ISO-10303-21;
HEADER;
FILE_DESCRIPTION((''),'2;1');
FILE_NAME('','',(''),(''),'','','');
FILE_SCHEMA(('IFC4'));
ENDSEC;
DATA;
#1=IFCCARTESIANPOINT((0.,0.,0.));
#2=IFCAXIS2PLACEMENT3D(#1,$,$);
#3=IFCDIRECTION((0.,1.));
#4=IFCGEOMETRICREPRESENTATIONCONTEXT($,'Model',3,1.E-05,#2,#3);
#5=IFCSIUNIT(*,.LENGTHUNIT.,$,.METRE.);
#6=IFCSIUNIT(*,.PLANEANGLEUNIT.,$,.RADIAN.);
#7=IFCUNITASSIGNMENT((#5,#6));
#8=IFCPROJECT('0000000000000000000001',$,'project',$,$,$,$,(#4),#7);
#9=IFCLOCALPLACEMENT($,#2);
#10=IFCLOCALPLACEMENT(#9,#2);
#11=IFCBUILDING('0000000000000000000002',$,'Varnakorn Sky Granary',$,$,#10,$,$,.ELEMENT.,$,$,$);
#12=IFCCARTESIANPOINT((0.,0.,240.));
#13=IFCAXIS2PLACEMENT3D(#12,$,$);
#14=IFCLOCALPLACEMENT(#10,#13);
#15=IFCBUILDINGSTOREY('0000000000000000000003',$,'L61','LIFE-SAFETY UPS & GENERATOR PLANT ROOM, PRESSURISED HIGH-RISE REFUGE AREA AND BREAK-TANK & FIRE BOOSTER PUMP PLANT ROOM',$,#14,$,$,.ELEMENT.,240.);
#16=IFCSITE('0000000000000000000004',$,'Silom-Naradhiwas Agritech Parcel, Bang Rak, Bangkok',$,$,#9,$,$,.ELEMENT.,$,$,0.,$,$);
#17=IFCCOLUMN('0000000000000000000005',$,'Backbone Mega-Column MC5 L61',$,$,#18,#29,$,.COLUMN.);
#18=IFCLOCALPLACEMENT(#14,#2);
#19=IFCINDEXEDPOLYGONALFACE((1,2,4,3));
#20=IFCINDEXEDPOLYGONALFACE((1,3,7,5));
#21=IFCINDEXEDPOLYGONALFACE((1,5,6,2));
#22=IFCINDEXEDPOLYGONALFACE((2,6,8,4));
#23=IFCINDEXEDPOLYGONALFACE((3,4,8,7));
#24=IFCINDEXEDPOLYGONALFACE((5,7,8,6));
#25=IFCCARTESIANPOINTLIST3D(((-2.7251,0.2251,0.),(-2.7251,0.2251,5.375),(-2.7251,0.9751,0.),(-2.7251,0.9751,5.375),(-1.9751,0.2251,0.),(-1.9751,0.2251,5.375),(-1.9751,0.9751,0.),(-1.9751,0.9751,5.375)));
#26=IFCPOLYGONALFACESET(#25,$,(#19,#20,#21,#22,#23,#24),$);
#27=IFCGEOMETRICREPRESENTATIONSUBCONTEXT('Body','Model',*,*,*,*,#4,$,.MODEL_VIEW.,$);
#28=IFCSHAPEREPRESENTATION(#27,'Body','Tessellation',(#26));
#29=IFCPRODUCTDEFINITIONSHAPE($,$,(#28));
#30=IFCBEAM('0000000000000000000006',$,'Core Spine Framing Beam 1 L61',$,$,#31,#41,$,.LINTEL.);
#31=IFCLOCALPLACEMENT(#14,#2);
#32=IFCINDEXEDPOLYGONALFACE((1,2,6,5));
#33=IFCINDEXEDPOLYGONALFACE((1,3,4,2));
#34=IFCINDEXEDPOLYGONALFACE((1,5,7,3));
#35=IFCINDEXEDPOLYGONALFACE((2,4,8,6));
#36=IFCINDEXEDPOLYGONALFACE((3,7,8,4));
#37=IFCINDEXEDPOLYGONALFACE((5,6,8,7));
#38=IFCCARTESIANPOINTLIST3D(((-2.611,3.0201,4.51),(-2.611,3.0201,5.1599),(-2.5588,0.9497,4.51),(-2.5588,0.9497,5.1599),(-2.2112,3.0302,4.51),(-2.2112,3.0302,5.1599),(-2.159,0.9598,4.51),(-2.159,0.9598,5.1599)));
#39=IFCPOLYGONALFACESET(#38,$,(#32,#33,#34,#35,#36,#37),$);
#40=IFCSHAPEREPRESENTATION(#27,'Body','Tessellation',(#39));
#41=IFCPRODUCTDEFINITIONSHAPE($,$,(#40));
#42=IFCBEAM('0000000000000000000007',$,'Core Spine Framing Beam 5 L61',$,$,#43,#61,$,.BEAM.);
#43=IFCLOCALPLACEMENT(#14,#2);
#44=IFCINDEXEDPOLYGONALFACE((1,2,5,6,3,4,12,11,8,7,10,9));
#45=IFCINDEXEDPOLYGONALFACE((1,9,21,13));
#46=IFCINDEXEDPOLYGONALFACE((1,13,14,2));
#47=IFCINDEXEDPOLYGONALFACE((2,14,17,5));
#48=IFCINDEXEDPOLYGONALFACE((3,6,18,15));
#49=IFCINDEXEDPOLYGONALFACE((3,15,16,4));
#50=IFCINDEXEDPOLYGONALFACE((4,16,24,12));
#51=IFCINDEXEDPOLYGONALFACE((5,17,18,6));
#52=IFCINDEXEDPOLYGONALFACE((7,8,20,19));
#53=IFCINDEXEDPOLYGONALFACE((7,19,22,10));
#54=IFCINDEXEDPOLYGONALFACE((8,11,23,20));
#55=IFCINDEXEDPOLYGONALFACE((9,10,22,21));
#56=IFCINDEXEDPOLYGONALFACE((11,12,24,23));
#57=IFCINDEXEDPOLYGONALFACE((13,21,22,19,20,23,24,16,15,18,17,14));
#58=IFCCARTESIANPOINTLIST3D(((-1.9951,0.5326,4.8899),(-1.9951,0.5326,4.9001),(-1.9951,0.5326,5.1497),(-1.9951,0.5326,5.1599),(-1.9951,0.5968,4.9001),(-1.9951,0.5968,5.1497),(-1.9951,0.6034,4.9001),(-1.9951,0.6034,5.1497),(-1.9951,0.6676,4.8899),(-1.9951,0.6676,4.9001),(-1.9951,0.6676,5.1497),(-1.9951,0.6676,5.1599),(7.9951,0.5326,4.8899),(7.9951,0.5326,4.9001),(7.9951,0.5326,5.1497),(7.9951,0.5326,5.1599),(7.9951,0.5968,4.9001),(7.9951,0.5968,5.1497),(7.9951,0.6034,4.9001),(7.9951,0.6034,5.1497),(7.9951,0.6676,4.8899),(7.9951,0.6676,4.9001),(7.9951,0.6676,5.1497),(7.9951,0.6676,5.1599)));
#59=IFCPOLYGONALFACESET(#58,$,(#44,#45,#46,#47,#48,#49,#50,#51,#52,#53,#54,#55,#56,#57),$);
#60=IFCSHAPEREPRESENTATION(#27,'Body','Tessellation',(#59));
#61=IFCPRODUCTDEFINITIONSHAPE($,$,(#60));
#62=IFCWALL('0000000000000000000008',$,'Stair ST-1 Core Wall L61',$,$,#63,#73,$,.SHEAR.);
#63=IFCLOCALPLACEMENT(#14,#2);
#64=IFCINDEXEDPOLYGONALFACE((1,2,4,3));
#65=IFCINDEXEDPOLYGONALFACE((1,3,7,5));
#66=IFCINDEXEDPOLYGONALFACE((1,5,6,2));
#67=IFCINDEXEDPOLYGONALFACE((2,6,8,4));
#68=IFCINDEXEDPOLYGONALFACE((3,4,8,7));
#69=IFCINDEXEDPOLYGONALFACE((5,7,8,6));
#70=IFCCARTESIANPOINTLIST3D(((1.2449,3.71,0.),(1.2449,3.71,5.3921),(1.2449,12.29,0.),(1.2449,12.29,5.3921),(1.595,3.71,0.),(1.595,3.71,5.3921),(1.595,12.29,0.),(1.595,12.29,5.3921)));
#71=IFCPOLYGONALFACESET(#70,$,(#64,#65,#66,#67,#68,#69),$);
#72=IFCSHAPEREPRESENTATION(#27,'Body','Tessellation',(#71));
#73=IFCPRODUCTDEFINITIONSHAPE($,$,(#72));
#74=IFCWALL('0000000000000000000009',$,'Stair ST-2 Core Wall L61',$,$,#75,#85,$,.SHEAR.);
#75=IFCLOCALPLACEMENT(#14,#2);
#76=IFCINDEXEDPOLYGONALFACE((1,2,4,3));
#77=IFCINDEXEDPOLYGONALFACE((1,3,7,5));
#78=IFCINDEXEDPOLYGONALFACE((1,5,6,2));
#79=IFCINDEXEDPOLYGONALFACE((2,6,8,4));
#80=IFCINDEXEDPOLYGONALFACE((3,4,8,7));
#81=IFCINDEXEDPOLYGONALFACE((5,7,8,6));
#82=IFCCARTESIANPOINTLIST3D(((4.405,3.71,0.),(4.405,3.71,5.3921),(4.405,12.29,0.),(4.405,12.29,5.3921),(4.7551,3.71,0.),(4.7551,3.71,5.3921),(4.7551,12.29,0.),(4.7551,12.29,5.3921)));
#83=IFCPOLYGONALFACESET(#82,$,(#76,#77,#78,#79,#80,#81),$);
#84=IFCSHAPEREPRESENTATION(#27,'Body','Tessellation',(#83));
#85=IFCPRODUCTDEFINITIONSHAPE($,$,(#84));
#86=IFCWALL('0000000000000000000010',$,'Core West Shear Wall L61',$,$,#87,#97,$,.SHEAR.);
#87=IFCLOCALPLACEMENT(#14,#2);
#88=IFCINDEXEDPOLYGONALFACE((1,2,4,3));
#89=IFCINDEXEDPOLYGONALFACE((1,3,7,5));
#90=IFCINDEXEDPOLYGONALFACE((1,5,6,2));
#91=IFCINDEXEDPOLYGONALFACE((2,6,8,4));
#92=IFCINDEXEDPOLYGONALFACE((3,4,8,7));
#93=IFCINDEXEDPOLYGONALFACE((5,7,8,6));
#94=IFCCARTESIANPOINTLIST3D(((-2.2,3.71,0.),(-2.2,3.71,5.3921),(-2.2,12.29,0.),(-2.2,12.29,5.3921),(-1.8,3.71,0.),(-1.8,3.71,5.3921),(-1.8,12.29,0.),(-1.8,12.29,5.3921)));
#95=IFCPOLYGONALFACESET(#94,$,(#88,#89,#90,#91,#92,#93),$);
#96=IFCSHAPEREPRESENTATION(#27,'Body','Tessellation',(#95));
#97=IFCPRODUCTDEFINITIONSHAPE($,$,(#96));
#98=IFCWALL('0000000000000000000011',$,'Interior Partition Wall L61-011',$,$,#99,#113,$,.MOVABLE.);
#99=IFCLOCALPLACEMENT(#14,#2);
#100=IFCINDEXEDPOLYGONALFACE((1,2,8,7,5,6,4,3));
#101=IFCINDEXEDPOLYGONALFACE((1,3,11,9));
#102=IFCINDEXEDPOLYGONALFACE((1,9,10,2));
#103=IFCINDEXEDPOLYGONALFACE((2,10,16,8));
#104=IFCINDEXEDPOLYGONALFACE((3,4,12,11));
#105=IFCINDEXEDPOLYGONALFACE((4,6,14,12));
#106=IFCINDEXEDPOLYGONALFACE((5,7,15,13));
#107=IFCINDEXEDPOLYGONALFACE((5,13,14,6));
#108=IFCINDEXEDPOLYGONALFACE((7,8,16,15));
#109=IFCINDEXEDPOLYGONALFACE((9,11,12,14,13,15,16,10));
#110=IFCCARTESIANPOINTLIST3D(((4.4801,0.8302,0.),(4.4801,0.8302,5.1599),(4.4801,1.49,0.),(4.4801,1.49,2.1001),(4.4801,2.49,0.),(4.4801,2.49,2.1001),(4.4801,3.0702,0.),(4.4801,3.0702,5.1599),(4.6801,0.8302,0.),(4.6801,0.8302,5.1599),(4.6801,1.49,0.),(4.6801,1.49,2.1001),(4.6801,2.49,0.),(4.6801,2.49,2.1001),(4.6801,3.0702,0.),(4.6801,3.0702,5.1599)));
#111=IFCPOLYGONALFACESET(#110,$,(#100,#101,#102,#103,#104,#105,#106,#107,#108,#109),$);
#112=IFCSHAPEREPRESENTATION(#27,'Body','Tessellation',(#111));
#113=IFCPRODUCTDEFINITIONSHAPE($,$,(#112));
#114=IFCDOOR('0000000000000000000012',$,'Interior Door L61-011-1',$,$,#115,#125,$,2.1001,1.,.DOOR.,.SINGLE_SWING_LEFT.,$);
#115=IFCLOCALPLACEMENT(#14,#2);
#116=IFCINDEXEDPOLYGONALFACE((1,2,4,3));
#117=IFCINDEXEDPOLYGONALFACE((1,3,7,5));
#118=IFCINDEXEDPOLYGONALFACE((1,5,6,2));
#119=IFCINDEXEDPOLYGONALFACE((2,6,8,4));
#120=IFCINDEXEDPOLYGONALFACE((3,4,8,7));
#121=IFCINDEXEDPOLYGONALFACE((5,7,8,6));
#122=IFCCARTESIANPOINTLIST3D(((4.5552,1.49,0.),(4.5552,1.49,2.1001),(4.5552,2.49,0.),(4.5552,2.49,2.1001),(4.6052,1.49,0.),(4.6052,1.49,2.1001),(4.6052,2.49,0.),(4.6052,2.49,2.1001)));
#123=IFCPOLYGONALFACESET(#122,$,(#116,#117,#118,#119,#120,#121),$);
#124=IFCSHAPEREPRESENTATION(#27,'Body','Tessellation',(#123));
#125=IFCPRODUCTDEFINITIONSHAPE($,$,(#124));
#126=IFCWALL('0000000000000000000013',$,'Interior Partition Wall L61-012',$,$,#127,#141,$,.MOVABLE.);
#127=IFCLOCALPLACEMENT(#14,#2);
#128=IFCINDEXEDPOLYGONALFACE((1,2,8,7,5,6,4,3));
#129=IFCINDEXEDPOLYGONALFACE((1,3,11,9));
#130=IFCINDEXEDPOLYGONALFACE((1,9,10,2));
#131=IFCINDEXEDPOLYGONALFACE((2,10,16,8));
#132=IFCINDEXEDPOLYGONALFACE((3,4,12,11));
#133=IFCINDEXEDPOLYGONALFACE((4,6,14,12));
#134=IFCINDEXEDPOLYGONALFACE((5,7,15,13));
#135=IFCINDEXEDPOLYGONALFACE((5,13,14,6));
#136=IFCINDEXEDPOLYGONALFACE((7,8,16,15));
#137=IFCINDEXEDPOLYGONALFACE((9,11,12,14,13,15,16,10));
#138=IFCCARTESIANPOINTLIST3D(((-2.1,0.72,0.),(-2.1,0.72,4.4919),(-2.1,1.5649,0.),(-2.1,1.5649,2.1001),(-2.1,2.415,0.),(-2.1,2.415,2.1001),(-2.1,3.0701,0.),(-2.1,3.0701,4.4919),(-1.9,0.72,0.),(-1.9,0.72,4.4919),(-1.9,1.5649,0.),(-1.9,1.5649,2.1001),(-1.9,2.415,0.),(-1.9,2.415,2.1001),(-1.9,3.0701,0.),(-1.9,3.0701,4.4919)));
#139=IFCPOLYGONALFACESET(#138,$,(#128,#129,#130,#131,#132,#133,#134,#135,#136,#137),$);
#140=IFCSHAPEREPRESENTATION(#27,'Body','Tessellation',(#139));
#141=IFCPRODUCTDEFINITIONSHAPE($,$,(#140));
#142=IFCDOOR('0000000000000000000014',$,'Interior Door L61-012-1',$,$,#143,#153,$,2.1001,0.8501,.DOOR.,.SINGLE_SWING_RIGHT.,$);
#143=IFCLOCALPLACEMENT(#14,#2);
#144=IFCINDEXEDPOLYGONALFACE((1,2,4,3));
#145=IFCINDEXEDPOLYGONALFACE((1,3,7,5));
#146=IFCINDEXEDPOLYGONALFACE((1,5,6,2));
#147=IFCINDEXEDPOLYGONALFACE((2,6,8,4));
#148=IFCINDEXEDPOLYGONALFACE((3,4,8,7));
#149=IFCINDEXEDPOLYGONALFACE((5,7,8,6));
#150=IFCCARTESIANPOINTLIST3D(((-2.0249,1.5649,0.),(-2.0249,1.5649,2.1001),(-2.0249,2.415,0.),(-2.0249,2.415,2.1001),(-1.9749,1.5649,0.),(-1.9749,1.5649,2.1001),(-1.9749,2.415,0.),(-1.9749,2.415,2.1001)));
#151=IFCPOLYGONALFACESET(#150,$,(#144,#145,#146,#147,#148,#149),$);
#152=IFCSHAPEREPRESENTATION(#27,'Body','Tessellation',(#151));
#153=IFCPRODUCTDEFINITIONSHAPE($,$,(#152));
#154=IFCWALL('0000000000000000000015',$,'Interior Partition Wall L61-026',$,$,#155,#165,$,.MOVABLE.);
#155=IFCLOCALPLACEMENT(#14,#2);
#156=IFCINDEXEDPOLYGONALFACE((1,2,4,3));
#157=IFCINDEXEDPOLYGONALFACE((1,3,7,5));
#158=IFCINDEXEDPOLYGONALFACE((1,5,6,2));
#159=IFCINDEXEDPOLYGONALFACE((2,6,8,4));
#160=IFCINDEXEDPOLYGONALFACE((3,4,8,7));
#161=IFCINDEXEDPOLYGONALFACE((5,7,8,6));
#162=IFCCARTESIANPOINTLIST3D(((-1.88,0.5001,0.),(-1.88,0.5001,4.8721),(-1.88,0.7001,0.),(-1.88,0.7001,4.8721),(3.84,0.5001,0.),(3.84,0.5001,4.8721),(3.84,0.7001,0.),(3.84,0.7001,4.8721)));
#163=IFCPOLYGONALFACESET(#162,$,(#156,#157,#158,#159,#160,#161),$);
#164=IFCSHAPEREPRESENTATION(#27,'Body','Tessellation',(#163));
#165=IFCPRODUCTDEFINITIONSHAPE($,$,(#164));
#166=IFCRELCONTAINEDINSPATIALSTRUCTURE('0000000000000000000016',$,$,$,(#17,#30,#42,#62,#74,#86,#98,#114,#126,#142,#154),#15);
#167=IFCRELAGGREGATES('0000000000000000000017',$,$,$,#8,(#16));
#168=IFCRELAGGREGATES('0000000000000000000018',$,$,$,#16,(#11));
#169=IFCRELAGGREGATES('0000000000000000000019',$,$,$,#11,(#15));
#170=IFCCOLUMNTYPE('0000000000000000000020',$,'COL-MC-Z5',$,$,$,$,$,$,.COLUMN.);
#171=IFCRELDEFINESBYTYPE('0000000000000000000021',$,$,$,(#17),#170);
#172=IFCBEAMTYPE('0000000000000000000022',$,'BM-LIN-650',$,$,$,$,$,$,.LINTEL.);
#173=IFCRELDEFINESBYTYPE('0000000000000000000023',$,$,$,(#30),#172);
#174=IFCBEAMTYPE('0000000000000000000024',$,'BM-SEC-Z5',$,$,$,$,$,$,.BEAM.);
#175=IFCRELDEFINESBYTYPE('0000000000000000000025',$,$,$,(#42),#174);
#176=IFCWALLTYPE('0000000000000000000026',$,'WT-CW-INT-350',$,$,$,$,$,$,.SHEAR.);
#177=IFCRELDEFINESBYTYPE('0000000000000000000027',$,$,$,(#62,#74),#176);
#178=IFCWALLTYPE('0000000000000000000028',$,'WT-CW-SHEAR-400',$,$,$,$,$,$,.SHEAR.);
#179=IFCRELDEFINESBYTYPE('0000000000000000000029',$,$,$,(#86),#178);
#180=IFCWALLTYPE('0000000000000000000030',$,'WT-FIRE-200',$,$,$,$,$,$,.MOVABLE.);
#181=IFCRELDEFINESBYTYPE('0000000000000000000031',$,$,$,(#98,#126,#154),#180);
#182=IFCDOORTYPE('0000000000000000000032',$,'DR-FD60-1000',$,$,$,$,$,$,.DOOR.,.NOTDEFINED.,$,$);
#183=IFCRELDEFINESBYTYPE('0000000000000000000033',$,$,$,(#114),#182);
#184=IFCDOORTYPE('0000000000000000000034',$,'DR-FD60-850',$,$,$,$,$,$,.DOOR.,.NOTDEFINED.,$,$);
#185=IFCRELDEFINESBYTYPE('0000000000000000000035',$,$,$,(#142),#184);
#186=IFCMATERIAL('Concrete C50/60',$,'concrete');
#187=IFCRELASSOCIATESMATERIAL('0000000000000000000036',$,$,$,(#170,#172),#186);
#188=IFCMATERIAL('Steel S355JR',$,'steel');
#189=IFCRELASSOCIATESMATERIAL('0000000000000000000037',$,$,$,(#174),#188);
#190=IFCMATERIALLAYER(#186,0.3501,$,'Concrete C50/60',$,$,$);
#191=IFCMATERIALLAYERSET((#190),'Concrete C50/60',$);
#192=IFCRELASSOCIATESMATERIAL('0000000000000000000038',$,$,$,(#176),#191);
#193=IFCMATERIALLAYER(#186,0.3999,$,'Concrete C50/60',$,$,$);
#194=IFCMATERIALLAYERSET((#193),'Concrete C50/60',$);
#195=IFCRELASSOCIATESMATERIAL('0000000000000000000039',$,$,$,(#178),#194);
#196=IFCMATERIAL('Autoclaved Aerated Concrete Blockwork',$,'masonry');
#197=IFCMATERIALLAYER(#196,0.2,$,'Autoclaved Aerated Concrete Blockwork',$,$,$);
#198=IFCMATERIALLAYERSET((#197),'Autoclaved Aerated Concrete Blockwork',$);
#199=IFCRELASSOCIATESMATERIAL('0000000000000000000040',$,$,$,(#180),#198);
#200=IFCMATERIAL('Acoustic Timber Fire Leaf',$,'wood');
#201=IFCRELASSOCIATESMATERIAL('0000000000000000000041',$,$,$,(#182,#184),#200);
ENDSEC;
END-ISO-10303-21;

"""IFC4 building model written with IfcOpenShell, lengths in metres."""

from ifc_helpers import new_model, si_unit, direction, frame, frame_2d, origin, origin_2d, place, context, subcontext, project, spatial, rectangle, i_section, extrude, material, layer, layer_set, material_profile, profile_set, type_object, element, fill, save


model = new_model("IFC4")

# Units and contexts
model_context = context("Model", 3, precision=1e-05, world=origin(), true_north=direction((0.0, 1.0)))
body_context = subcontext(model_context, "Body", "Model", "MODEL_VIEW")
ifc_project = project(units=[si_unit("LENGTHUNIT", "METRE"), si_unit("PLANEANGLEUNIT", "RADIAN")], contexts=[model_context])

# Site, building, storey
site_placement = place(None, origin())
site = spatial("IfcSite", under=ifc_project, at=site_placement, Name="Silom-Naradhiwas Agritech Parcel, Bang Rak, Bangkok", CompositionType="ELEMENT", RefElevation=0.0)
building_placement = place(site_placement, origin())
building = spatial("IfcBuilding", under=site, at=building_placement, Name="Varnakorn Sky Granary", CompositionType="ELEMENT")
storey_placement = place(building_placement, frame((0.0, 0.0, 240.0)))
storey = spatial("IfcBuildingStorey", under=building, at=storey_placement, Name="L61", Description="LIFE-SAFETY UPS & GENERATOR PLANT ROOM, PRESSURISED HIGH-RISE REFUGE AREA AND BREAK-TANK & FIRE BOOSTER PUMP PLANT ROOM", CompositionType="ELEMENT", Elevation=240.0)

# Column
ifc_material_1 = material(Name="Concrete C50/60", Category="concrete")
ifc_material_profile_1 = material_profile(ifc_material_1, rectangle(XDim=0.75, YDim=0.75, at=origin_2d()), Name="RC 750x750")
ifc_profile_set_1 = profile_set([ifc_material_profile_1], Name="Concrete C50/60")
column_type = type_object("IfcColumnType", Name="COL-MC-Z5", PredefinedType="COLUMN", material=ifc_profile_set_1)
column_placement = place(storey_placement, frame((-2.3501, 0.6001, 0.0), z_axis=(0.0, 0.0, 1.0), x_axis=(1.0, 0.0, 0.0)))
element("IfcColumn", 1, at=column_placement, inside=storey, type_object=column_type, Name="Backbone Mega-Column MC5 L61", PredefinedType="COLUMN", context=body_context, shape_type="SweptSolid", body=[
    extrude(rectangle(XDim=0.75, YDim=0.75, at=origin_2d()), origin(), (0.0, 0.0, 1.0), 5.375),
])

# Beams
ifc_material_profile_2 = material_profile(ifc_material_1, rectangle(XDim=0.3999, YDim=0.6499, at=origin_2d()), Name="RC 400x650")
ifc_profile_set_2 = profile_set([ifc_material_profile_2], Name="Concrete C50/60")
beam_type_1 = type_object("IfcBeamType", Name="BM-LIN-650", PredefinedType="LINTEL", material=ifc_profile_set_2)
beam_1_placement = place(storey_placement, frame((-2.4111, 3.0251, 4.835), z_axis=(0.025228, -0.999682, 0.0), x_axis=(0.999682, 0.025228, 0.0)))
element("IfcBeam", 2, at=beam_1_placement, inside=storey, type_object=beam_type_1, Name="Core Spine Framing Beam 1 L61", PredefinedType="LINTEL", context=body_context, shape_type="SweptSolid", body=[
    extrude(rectangle(XDim=0.3999, YDim=0.6499, at=origin_2d()), origin(), (0.0, 0.0, 1.0), 2.071),
])
ifc_material_2 = material(Name="Steel S355JR", Category="steel")
ifc_material_profile_3 = material_profile(ifc_material_2, i_section(OverallWidth=0.135, OverallDepth=0.27, WebThickness=0.0066, FlangeThickness=0.0103, at=origin_2d()), Name="IPE 270")
ifc_profile_set_3 = profile_set([ifc_material_profile_3], Name="Steel S355JR")
beam_type_2 = type_object("IfcBeamType", Name="BM-SEC-Z5", PredefinedType="BEAM", material=ifc_profile_set_3)
beam_2_placement = place(storey_placement, frame((-1.9951, 0.6001, 5.0249), z_axis=(1.0, 0.0, 0.0), x_axis=(0.0, 1.0, 0.0)))
element("IfcBeam", 3, at=beam_2_placement, inside=storey, type_object=beam_type_2, Name="Core Spine Framing Beam 5 L61", PredefinedType="BEAM", context=body_context, shape_type="SweptSolid", body=[
    extrude(i_section(OverallWidth=0.135, OverallDepth=0.27, WebThickness=0.0066, FlangeThickness=0.0103, at=origin_2d()), origin(), (0.0, 0.0, 1.0), 9.9902),
])

# Walls
ifc_layer_1 = layer(ifc_material_1, 0.3501, Name="Concrete C50/60")
ifc_layer_set_1 = layer_set([ifc_layer_1], Name="Concrete C50/60")
wall_type_1 = type_object("IfcWallType", Name="WT-CW-INT-350", PredefinedType="SHEAR", material=ifc_layer_set_1)
for number, where, z_axis, x_axis, name in (
    (4, (1.4199, 3.71, 0.0), (0.0, 0.0, 1.0), (0.0, 1.0, 0.0), "Stair ST-1 Core Wall L61"),
    (5, (4.5801, 3.71, 0.0), (0.0, 0.0, 1.0), (0.0, 1.0, 0.0), "Stair ST-2 Core Wall L61"),
):
    element("IfcWall", number, at=place(storey_placement, frame(where, z_axis=z_axis, x_axis=x_axis)), inside=storey, type_object=wall_type_1, Name=name, PredefinedType="SHEAR", context=body_context, shape_type="SweptSolid", body=[
        extrude(rectangle(XDim=8.5801, YDim=0.3501, at=frame_2d((4.29, 0.0))), origin(), (0.0, 0.0, 1.0), 5.3921),
    ])

# Shared definitions
ifc_layer_2 = layer(ifc_material_1, 0.3999, Name="Concrete C50/60")
ifc_layer_set_2 = layer_set([ifc_layer_2], Name="Concrete C50/60")
wall_type_2 = type_object("IfcWallType", Name="WT-CW-SHEAR-400", PredefinedType="SHEAR", material=ifc_layer_set_2)

# Wall
wall_1_placement = place(storey_placement, frame((-2.0, 3.71, 0.0), z_axis=(0.0, 0.0, 1.0), x_axis=(0.0, 1.0, 0.0)))
element("IfcWall", 6, at=wall_1_placement, inside=storey, type_object=wall_type_2, Name="Core West Shear Wall L61", PredefinedType="SHEAR", context=body_context, shape_type="SweptSolid", body=[
    extrude(rectangle(XDim=8.5801, YDim=0.3999, at=frame_2d((4.29, 0.0))), origin(), (0.0, 0.0, 1.0), 5.3921),
])

# Walls, openings, doors
ifc_material_3 = material(Name="Autoclaved Aerated Concrete Blockwork", Category="masonry")
ifc_layer_3 = layer(ifc_material_3, 0.2, Name="Autoclaved Aerated Concrete Blockwork")
ifc_layer_set_3 = layer_set([ifc_layer_3], Name="Autoclaved Aerated Concrete Blockwork")
wall_type_3 = type_object("IfcWallType", Name="WT-FIRE-200", PredefinedType="MOVABLE", material=ifc_layer_set_3)
wall_2_placement = place(storey_placement, frame((4.5801, 0.8301, 0.0), z_axis=(0.0, 0.0, 1.0), x_axis=(0.0, 1.0, 0.0)))
wall_2 = element("IfcWall", 7, at=wall_2_placement, inside=storey, type_object=wall_type_3, Name="Interior Partition Wall L61-011", PredefinedType="MOVABLE", context=body_context, shape_type="SweptSolid", body=[
    extrude(rectangle(XDim=2.24, YDim=0.2, at=frame_2d((1.1201, 0.0))), origin(), (0.0, 0.0, 1.0), 5.1599),
])
opening_1_placement = place(wall_2_placement, frame((0.6599, 0.0, 0.0)))
opening_1 = element("IfcOpeningElement", 8, at=opening_1_placement, cuts=wall_2, PredefinedType="OPENING", context=body_context, shape_type="SweptSolid", body=[
    extrude(rectangle(XDim=1.0, YDim=2.1001, at=frame_2d((0.5, 1.05))), frame((0.0, 0.1099, 0.0), z_axis=(0.0, -1.0, 0.0), x_axis=(1.0, 0.0, 0.0)), (0.0, 0.0, 1.0), 0.22),
])
ifc_material_4 = material(Name="Acoustic Timber Fire Leaf", Category="wood")
door_type_1 = type_object("IfcDoorType", Name="DR-FD60-1000", OperationType="NOTDEFINED", PredefinedType="DOOR", material=ifc_material_4)
door_1_placement = place(opening_1_placement, origin())
door_1 = element("IfcDoor", 9, at=door_1_placement, inside=storey, type_object=door_type_1, Name="Interior Door L61-011-1", OperationType="SINGLE_SWING_LEFT", OverallHeight=2.1001, OverallWidth=1.0, PredefinedType="DOOR", context=body_context, shape_type="SweptSolid", body=[
    extrude(rectangle(XDim=1.0, YDim=2.1001, at=frame_2d((0.5, 1.05))), frame((0.0, 0.0249, 0.0), z_axis=(0.0, -1.0, 0.0), x_axis=(1.0, 0.0, 0.0)), (0.0, 0.0, 1.0), 0.05),
])
fill(opening_1, door_1)
wall_3_placement = place(storey_placement, frame((-2.0, 0.72, 0.0), z_axis=(0.0, 0.0, 1.0), x_axis=(0.0, 1.0, 0.0)))
wall_3 = element("IfcWall", 10, at=wall_3_placement, inside=storey, type_object=wall_type_3, Name="Interior Partition Wall L61-012", PredefinedType="MOVABLE", context=body_context, shape_type="SweptSolid", body=[
    extrude(rectangle(XDim=2.3501, YDim=0.2, at=frame_2d((1.175, 0.0))), origin(), (0.0, 0.0, 1.0), 4.4919),
])
opening_2_placement = place(wall_3_placement, frame((0.845, 0.0, 0.0)))
opening_2 = element("IfcOpeningElement", 11, at=opening_2_placement, cuts=wall_3, PredefinedType="OPENING", context=body_context, shape_type="SweptSolid", body=[
    extrude(rectangle(XDim=0.8501, YDim=2.1001, at=frame_2d((0.425, 1.05))), frame((0.0, 0.1099, 0.0), z_axis=(0.0, -1.0, 0.0), x_axis=(1.0, 0.0, 0.0)), (0.0, 0.0, 1.0), 0.22),
])
door_type_2 = type_object("IfcDoorType", Name="DR-FD60-850", OperationType="NOTDEFINED", PredefinedType="DOOR", material=ifc_material_4)
door_2_placement = place(opening_2_placement, origin())
door_2 = element("IfcDoor", 12, at=door_2_placement, inside=storey, type_object=door_type_2, Name="Interior Door L61-012-1", OperationType="SINGLE_SWING_RIGHT", OverallHeight=2.1001, OverallWidth=0.8501, PredefinedType="DOOR", context=body_context, shape_type="SweptSolid", body=[
    extrude(rectangle(XDim=0.8501, YDim=2.1001, at=frame_2d((0.425, 1.05))), frame((0.0, 0.0249, 0.0), z_axis=(0.0, -1.0, 0.0), x_axis=(1.0, 0.0, 0.0)), (0.0, 0.0, 1.0), 0.05),
])
fill(opening_2, door_2)

# Wall
wall_4_placement = place(storey_placement, frame((-1.8799, 0.6001, 0.0), z_axis=(0.0, 0.0, 1.0), x_axis=(1.0, 0.0, 0.0)))
element("IfcWall", 13, at=wall_4_placement, inside=storey, type_object=wall_type_3, Name="Interior Partition Wall L61-026", PredefinedType="MOVABLE", context=body_context, shape_type="SweptSolid", body=[
    extrude(rectangle(XDim=5.72, YDim=0.2, at=frame_2d((2.8599, 0.0))), origin(), (0.0, 0.0, 1.0), 4.8721),
])

save(model, "model.ifc")
